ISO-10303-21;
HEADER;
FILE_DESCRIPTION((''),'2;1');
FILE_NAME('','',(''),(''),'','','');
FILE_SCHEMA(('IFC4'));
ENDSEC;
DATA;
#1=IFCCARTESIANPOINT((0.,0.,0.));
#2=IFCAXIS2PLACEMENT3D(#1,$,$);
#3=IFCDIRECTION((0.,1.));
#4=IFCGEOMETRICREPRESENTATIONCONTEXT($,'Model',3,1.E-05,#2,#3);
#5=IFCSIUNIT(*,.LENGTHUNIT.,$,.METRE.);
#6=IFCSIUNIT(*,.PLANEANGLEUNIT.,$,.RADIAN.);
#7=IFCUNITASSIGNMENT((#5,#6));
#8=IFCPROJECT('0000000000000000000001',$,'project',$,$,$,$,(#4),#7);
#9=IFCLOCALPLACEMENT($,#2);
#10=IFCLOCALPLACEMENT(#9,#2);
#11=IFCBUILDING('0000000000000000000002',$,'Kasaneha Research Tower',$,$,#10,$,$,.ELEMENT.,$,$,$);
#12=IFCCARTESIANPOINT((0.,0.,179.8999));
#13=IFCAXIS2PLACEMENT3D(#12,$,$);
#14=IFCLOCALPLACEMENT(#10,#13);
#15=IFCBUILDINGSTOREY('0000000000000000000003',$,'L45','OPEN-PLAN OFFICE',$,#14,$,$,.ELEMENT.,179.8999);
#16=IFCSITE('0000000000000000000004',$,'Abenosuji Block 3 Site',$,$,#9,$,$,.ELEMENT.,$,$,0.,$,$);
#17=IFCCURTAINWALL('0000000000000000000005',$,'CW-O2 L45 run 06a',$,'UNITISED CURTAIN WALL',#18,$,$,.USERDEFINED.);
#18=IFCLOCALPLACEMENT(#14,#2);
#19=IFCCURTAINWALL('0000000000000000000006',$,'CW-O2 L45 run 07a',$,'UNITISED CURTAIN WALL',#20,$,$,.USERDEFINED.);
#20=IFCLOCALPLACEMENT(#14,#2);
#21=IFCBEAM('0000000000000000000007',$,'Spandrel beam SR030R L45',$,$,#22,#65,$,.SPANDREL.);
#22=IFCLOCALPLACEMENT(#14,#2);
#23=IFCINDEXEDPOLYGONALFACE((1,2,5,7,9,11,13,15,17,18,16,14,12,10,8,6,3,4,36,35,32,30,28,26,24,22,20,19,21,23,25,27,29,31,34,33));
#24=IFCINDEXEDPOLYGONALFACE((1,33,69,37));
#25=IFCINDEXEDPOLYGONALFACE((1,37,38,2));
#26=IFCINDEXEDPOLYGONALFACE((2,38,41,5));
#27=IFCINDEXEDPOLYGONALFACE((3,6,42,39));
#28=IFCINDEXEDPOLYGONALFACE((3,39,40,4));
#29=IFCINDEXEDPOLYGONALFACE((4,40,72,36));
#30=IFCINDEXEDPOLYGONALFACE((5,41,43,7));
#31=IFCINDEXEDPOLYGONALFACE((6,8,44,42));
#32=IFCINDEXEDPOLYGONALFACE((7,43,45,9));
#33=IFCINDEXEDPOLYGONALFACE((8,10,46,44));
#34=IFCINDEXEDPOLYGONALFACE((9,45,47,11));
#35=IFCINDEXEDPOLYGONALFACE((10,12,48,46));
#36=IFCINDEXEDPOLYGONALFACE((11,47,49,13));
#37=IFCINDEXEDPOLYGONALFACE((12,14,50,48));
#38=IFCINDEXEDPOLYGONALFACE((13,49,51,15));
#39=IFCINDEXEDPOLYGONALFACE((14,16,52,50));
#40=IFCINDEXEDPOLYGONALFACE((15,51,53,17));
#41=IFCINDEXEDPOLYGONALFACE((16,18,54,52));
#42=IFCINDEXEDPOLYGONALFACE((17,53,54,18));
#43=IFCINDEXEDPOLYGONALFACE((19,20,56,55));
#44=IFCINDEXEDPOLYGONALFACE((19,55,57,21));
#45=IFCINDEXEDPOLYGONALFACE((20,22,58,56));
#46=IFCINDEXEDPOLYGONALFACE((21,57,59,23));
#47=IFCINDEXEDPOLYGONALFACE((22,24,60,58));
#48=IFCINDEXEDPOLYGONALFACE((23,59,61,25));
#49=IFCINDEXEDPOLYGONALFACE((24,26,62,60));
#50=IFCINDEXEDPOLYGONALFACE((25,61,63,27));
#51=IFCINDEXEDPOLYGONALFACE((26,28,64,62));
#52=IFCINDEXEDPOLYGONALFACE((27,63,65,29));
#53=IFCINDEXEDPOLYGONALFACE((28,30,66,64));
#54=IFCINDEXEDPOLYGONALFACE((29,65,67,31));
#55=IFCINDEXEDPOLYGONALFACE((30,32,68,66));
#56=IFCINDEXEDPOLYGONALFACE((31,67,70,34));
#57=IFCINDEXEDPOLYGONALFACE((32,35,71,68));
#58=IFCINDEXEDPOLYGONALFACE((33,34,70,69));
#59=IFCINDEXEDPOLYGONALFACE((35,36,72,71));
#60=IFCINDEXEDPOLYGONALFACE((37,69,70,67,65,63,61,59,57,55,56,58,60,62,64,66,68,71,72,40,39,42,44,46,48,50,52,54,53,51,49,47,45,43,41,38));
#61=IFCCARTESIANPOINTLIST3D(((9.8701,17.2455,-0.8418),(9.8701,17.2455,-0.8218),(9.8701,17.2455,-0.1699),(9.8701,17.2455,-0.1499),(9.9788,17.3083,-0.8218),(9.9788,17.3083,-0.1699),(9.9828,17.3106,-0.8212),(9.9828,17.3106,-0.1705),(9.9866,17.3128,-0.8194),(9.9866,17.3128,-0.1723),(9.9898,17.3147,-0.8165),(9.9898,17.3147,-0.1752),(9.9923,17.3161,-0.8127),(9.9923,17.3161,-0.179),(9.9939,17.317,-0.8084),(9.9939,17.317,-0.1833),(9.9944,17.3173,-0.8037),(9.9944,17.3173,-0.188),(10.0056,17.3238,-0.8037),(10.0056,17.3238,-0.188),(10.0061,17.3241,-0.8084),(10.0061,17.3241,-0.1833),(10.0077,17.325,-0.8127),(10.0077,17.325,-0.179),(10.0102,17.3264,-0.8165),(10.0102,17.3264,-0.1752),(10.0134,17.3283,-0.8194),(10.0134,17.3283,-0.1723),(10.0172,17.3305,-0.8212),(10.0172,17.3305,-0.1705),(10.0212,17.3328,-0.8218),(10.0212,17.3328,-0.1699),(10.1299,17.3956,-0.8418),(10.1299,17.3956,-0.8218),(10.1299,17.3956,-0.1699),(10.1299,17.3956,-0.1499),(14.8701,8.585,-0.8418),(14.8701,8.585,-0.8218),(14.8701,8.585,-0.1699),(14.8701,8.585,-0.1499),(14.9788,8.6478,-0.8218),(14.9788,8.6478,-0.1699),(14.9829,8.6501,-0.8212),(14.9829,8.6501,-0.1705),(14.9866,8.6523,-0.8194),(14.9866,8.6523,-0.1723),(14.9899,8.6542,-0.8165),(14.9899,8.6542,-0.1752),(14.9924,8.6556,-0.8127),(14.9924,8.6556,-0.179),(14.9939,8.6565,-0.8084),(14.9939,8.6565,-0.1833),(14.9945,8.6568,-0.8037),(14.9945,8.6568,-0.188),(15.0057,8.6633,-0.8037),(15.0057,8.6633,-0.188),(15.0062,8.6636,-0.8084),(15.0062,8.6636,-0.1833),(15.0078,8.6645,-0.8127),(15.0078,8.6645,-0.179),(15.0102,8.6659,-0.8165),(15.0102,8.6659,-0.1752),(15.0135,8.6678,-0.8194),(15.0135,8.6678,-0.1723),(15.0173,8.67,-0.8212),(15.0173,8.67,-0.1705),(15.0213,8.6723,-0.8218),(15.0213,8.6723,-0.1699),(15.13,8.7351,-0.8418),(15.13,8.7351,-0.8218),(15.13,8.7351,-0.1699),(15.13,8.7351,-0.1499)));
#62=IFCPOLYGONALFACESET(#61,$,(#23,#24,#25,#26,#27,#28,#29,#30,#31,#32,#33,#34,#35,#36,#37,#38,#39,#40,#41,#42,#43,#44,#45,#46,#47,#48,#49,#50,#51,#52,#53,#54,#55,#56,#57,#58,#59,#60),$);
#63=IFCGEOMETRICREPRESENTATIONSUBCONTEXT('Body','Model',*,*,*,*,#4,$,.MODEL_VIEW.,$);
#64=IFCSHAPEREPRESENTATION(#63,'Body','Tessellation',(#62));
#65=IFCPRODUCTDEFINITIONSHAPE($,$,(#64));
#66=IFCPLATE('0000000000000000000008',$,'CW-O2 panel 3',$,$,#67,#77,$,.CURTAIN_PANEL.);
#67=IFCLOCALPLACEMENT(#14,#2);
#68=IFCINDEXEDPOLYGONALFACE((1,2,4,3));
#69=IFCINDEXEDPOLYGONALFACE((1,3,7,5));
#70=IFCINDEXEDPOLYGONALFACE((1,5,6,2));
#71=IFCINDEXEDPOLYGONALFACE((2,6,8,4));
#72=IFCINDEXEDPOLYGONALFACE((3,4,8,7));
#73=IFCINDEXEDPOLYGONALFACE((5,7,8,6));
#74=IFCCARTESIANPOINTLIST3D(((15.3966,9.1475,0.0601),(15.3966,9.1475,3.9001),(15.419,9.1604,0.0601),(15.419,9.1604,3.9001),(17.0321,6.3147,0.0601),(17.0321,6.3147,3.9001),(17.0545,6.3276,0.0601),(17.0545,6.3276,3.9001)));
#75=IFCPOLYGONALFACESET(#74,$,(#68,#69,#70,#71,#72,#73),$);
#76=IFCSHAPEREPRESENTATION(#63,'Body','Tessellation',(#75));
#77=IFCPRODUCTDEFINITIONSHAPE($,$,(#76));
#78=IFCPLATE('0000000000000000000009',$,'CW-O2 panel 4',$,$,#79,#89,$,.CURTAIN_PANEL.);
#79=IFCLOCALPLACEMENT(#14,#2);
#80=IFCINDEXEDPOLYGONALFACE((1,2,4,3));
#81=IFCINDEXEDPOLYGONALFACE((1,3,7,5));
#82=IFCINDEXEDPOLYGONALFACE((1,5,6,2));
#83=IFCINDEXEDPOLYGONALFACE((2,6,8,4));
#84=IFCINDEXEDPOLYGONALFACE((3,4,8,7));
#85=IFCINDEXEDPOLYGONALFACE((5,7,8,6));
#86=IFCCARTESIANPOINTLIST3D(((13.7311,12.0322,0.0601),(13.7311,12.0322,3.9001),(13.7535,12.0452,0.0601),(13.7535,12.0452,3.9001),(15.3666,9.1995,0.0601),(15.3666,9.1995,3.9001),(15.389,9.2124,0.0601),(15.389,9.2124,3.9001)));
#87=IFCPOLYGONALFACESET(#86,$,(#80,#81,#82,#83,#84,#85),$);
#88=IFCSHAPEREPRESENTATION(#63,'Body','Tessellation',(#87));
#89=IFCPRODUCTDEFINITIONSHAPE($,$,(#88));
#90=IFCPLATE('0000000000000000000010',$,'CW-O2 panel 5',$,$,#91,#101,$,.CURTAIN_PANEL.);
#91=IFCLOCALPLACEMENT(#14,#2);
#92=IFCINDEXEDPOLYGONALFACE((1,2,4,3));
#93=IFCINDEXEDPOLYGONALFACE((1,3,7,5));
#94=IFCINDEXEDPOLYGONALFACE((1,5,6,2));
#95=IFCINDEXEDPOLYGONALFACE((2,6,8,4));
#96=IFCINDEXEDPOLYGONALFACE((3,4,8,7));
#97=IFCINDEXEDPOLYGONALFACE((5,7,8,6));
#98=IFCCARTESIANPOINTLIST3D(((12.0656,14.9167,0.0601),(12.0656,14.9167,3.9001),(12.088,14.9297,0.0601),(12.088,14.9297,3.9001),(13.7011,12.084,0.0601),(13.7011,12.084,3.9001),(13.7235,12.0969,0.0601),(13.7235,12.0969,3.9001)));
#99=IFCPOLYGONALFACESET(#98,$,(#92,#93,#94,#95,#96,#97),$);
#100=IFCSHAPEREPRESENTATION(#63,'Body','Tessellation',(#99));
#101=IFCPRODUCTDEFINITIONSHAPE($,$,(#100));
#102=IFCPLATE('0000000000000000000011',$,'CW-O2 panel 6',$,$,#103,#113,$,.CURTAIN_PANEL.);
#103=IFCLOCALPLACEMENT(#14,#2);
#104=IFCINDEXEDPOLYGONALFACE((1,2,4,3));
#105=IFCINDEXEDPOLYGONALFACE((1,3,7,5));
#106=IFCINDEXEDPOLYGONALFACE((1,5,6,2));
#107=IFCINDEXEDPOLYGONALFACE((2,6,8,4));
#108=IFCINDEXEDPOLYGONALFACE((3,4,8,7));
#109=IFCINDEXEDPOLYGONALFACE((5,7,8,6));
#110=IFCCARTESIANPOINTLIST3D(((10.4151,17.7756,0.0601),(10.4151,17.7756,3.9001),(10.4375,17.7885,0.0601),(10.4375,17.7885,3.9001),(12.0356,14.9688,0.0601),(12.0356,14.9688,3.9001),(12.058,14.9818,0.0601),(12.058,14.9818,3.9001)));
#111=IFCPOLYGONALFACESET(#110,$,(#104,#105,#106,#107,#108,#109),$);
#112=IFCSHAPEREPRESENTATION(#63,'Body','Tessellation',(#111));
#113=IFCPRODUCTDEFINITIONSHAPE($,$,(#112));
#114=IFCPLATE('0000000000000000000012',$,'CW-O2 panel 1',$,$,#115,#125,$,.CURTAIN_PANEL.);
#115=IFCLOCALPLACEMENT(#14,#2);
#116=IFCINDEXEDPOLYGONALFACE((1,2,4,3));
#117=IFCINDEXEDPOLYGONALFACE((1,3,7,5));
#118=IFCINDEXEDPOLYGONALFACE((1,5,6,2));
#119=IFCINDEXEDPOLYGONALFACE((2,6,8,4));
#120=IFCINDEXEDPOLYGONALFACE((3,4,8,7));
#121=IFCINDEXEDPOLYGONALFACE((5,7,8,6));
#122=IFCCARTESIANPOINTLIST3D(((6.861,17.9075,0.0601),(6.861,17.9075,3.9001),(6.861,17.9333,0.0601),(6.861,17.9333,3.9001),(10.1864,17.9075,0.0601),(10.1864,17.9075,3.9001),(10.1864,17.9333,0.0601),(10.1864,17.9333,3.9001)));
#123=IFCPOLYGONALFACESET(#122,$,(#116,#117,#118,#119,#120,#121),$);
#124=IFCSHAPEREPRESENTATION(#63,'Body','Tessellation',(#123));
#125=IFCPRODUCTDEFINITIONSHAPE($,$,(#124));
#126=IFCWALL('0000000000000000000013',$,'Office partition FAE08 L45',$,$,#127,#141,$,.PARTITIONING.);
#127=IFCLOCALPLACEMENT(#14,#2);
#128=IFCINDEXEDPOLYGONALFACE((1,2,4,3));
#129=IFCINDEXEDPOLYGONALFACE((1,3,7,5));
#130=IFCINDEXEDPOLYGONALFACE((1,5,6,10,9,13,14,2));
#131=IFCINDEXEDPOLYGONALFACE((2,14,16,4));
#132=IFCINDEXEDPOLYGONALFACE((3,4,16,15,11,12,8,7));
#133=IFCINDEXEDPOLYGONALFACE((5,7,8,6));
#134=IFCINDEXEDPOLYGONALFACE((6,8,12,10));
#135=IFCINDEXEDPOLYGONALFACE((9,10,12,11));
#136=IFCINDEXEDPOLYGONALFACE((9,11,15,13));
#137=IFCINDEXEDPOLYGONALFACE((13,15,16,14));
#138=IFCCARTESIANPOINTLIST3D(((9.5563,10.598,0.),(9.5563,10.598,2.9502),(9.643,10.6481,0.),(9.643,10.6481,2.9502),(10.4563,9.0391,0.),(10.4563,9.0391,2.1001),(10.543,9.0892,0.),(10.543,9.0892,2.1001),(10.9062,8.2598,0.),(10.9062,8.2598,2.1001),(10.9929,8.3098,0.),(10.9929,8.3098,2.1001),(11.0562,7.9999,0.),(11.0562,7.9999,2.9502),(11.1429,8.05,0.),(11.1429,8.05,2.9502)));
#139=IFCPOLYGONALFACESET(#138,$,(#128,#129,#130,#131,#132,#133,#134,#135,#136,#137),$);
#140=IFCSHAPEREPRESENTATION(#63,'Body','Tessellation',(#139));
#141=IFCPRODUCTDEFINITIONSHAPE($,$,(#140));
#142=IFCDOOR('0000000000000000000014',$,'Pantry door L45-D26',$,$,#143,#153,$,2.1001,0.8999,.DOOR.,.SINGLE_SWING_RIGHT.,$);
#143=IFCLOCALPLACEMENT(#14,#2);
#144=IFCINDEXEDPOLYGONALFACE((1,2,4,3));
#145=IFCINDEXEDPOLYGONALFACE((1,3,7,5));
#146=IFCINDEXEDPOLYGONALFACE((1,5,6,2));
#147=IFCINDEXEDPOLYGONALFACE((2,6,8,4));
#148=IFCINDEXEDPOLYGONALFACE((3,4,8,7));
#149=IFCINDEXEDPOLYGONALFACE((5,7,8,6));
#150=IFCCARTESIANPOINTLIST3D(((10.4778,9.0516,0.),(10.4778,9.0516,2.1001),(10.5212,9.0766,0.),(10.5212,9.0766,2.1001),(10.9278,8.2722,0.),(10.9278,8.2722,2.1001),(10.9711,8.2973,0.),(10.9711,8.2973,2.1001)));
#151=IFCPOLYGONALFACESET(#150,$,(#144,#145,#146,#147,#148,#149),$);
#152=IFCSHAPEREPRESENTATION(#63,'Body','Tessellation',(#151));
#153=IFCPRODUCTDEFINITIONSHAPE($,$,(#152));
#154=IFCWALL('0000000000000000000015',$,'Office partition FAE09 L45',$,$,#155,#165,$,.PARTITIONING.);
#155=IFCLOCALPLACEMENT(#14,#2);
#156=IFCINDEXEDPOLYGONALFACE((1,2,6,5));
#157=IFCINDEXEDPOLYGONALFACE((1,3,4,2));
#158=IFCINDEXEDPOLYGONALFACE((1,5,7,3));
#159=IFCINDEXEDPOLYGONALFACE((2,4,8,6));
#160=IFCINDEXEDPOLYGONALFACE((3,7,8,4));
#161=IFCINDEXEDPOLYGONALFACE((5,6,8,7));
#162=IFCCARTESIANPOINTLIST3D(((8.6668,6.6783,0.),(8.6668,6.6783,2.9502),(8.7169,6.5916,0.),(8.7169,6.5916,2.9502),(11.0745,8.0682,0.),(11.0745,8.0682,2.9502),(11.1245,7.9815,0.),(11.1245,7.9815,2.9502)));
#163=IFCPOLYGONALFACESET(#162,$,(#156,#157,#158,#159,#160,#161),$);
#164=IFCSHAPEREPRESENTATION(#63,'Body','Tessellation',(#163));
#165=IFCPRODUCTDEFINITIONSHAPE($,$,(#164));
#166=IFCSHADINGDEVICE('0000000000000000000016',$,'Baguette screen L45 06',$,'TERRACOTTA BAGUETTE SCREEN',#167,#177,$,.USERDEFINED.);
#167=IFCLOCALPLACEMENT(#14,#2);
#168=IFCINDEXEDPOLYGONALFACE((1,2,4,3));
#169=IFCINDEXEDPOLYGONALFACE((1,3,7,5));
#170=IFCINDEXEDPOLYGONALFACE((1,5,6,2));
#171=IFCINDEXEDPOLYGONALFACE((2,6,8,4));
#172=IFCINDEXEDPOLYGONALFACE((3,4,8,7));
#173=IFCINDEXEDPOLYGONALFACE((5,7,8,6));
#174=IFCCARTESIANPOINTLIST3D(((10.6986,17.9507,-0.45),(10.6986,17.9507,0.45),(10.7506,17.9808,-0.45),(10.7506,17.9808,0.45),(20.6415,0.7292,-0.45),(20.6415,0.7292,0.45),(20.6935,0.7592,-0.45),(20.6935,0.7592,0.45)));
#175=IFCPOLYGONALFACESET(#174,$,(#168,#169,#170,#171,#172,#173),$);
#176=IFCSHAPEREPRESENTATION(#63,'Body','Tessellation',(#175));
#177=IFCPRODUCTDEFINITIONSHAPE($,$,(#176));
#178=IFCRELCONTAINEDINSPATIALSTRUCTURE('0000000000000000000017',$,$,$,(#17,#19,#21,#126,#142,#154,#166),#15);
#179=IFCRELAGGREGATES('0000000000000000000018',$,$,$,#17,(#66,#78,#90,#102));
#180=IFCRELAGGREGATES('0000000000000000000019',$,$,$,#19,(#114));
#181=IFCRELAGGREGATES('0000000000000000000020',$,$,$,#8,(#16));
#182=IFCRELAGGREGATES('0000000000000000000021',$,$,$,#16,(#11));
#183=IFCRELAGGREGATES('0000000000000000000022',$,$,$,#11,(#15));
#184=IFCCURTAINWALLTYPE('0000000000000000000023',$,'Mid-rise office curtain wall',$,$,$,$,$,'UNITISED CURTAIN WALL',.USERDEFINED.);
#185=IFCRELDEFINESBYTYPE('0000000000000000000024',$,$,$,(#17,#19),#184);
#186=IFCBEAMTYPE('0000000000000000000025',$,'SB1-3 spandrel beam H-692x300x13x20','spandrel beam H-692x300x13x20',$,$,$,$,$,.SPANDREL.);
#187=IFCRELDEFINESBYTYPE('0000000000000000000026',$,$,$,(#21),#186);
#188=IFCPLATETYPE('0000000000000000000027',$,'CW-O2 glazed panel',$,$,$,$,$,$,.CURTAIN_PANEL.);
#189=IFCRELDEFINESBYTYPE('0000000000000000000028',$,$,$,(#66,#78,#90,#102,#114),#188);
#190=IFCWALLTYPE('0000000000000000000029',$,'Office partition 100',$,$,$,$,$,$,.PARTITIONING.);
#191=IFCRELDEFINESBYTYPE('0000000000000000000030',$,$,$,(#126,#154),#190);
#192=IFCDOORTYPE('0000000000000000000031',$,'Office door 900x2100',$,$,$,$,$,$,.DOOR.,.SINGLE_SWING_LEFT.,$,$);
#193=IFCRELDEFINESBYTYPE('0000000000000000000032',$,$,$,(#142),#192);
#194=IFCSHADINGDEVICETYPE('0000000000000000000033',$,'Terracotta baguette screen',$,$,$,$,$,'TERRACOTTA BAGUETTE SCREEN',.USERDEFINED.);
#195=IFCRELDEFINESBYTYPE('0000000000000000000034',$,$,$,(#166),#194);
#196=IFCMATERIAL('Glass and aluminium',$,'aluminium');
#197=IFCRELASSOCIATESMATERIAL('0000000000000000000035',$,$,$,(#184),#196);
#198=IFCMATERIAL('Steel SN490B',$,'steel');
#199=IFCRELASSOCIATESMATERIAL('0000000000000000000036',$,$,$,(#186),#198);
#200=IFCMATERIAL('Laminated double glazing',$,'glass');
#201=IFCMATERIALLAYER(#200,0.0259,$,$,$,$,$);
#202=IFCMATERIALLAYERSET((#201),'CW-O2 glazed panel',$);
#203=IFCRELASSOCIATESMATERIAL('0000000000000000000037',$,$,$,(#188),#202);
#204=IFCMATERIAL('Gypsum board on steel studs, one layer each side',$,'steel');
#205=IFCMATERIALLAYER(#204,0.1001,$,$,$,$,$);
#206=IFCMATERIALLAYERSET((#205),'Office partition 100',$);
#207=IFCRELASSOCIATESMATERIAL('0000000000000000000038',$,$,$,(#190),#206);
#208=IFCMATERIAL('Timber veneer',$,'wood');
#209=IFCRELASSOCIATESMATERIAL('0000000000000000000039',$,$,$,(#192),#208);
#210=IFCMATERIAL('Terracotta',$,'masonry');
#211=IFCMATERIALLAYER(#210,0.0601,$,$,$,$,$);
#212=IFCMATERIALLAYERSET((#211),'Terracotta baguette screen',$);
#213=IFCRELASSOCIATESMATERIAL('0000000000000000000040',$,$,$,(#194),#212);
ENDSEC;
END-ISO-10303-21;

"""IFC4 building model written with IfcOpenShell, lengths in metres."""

from ifc_helpers import new_model, si_unit, direction, frame, frame_2d, origin, origin_2d, place, context, subcontext, project, spatial, rectangle, i_section, extrude, material, layer, layer_set, material_profile, profile_set, type_object, element, fill, aggregate, save


model = new_model("IFC4")

# Units and contexts
model_context = context("Model", 3, precision=1e-05, world=origin(), true_north=direction((0.0, 1.0)))
body_context = subcontext(model_context, "Body", "Model", "MODEL_VIEW")
ifc_project = project(units=[si_unit("LENGTHUNIT", "METRE"), si_unit("PLANEANGLEUNIT", "RADIAN")], contexts=[model_context])

# Site, building, storey
site_placement = place(None, origin())
site = spatial("IfcSite", under=ifc_project, at=site_placement, Name="Abenosuji Block 3 Site", CompositionType="ELEMENT", RefElevation=0.0)
building_placement = place(site_placement, origin())
building = spatial("IfcBuilding", under=site, at=building_placement, Name="Kasaneha Research Tower", CompositionType="ELEMENT")
storey_placement = place(building_placement, frame((0.0, 0.0, 179.8999)))
storey = spatial("IfcBuildingStorey", under=building, at=storey_placement, Name="L45", Description="OPEN-PLAN OFFICE", CompositionType="ELEMENT", Elevation=179.8999)

# Curtain wall
ifc_material_1 = material(Name="Glass and aluminium", Category="aluminium")
curtain_wall_type = type_object("IfcCurtainWallType", Name="Mid-rise office curtain wall", ElementType="UNITISED CURTAIN WALL", PredefinedType="USERDEFINED", material=ifc_material_1)
curtain_wall_1_placement = place(storey_placement, origin())
curtain_wall_1 = element("IfcCurtainWall", 1, at=curtain_wall_1_placement, inside=storey, type_object=curtain_wall_type, Name="CW-O2 L45 run 06a", ObjectType="UNITISED CURTAIN WALL", PredefinedType="USERDEFINED")

# Curtain wall
curtain_wall_2_placement = place(storey_placement, origin())
curtain_wall_2 = element("IfcCurtainWall", 2, at=curtain_wall_2_placement, inside=storey, type_object=curtain_wall_type, Name="CW-O2 L45 run 07a", ObjectType="UNITISED CURTAIN WALL", PredefinedType="USERDEFINED")

# Beam
ifc_material_2 = material(Name="Steel SN490B", Category="steel")
ifc_material_profile_1 = material_profile(ifc_material_2, i_section(OverallWidth=0.3, OverallDepth=0.6919, WebThickness=0.0129, FlangeThickness=0.02, FilletRadius=0.0181, at=origin_2d()), Name="H-692x300x13x20")
ifc_profile_set_1 = profile_set([ifc_material_profile_1], Name="Steel SN490B")
beam_type_1 = type_object("IfcBeamType", Name="SB1-3 spandrel beam H-692x300x13x20", Description="spandrel beam H-692x300x13x20", PredefinedType="SPANDREL", material=ifc_profile_set_1)
beam_1_placement = place(storey_placement, frame((10.0, 17.3206, -0.4958), z_axis=(0.499994, -0.866029, 0.0), x_axis=(0.866029, 0.499994, 0.0)))
element("IfcBeam", 3, at=beam_1_placement, inside=storey, type_object=beam_type_1, Name="Spandrel beam SR030R L45", PredefinedType="SPANDREL", context=body_context, shape_type="SweptSolid", body=[
    extrude(i_section(OverallWidth=0.3, OverallDepth=0.6919, WebThickness=0.0129, FlangeThickness=0.02, FilletRadius=0.0181, at=origin_2d()), origin(), (0.0, 0.0, 1.0), 10.0002),
])

# Plates
ifc_material_3 = material(Name="Laminated double glazing", Category="glass")
ifc_layer_1 = layer(ifc_material_3, 0.0259)
ifc_layer_set_1 = layer_set([ifc_layer_1], Name="CW-O2 glazed panel")
plate_type = type_object("IfcPlateType", Name="CW-O2 glazed panel", PredefinedType="CURTAIN_PANEL", material=ifc_layer_set_1)
plate_1_placement = place(storey_placement, frame((16.2256, 7.7375, 0.0601), z_axis=(0.0, 0.0, 1.0), x_axis=(-0.5, 0.866025, 0.0)))
plate_1 = element("IfcPlate", 4, at=plate_1_placement, type_object=plate_type, Name="CW-O2 panel 3", PredefinedType="CURTAIN_PANEL", context=body_context, shape_type="SweptSolid", body=[
    extrude(rectangle(XDim=3.271, YDim=0.0259, at=origin_2d()), origin(), (0.0, 0.0, 1.0), 3.8401),
])
plate_2_placement = place(storey_placement, frame((14.5601, 10.6223, 0.0601), z_axis=(0.0, 0.0, 1.0), x_axis=(-0.5, 0.866025, 0.0)))
plate_2 = element("IfcPlate", 5, at=plate_2_placement, type_object=plate_type, Name="CW-O2 panel 4", PredefinedType="CURTAIN_PANEL", context=body_context, shape_type="SweptSolid", body=[
    extrude(rectangle(XDim=3.271, YDim=0.0259, at=origin_2d()), origin(), (0.0, 0.0, 1.0), 3.8401),
])
plate_3_placement = place(storey_placement, frame((12.8945, 13.5068, 0.0601), z_axis=(0.0, 0.0, 1.0), x_axis=(-0.5, 0.866025, 0.0)))
plate_3 = element("IfcPlate", 6, at=plate_3_placement, type_object=plate_type, Name="CW-O2 panel 5", PredefinedType="CURTAIN_PANEL", context=body_context, shape_type="SweptSolid", body=[
    extrude(rectangle(XDim=3.271, YDim=0.0259, at=origin_2d()), origin(), (0.0, 0.0, 1.0), 3.8401),
])
plate_4_placement = place(storey_placement, frame((11.2366, 16.3787, 0.0601), z_axis=(0.0, 0.0, 1.0), x_axis=(-0.5, 0.866025, 0.0)))
plate_4 = element("IfcPlate", 7, at=plate_4_placement, type_object=plate_type, Name="CW-O2 panel 6", PredefinedType="CURTAIN_PANEL", context=body_context, shape_type="SweptSolid", body=[
    extrude(rectangle(XDim=3.241, YDim=0.0259, at=origin_2d()), origin(), (0.0, 0.0, 1.0), 3.8401),
])
aggregate(curtain_wall_1, [plate_1, plate_2, plate_3, plate_4])
plate_5_placement = place(storey_placement, frame((8.5237, 17.9204, 0.0601), z_axis=(0.0, 0.0, 1.0), x_axis=(-1.0, 0.0, 0.0)))
plate_5 = element("IfcPlate", 8, at=plate_5_placement, type_object=plate_type, Name="CW-O2 panel 1", PredefinedType="CURTAIN_PANEL", context=body_context, shape_type="SweptSolid", body=[
    extrude(rectangle(XDim=3.3254, YDim=0.0259, at=origin_2d()), origin(), (0.0, 0.0, 1.0), 3.8401),
])
aggregate(curtain_wall_2, [plate_5])

# Wall, opening, door
ifc_material_4 = material(Name="Gypsum board on steel studs, one layer each side", Category="steel")
ifc_layer_2 = layer(ifc_material_4, 0.1001)
ifc_layer_set_2 = layer_set([ifc_layer_2], Name="Office partition 100")
wall_type = type_object("IfcWallType", Name="Office partition 100", PredefinedType="PARTITIONING", material=ifc_layer_set_2)
wall_1_placement = place(storey_placement, frame((9.5996, 10.623, 0.0), z_axis=(0.0, 0.0, 1.0), x_axis=(0.49999, -0.866031, 0.0)))
wall_1 = element("IfcWall", 9, at=wall_1_placement, inside=storey, type_object=wall_type, Name="Office partition FAE08 L45", PredefinedType="PARTITIONING", context=body_context, shape_type="SweptSolid", body=[
    extrude(rectangle(XDim=3.0, YDim=0.1001, at=frame_2d((1.5, 0.0))), origin(), (0.0, 0.0, 1.0), 2.9502),
])
opening_placement = place(wall_1_placement, frame((1.8, 0.0, 0.0)))
opening = element("IfcOpeningElement", 10, at=opening_placement, cuts=wall_1, PredefinedType="OPENING", context=body_context, shape_type="SweptSolid", body=[
    extrude(rectangle(XDim=0.8999, YDim=2.1001, at=frame_2d((0.45, 1.05))), frame((0.0, 0.0601, 0.0), z_axis=(0.0, -1.0, 0.0), x_axis=(1.0, 0.0, 0.0)), (0.0, 0.0, 1.0), 0.1201),
])
ifc_material_5 = material(Name="Timber veneer", Category="wood")
door_type = type_object("IfcDoorType", Name="Office door 900x2100", OperationType="SINGLE_SWING_LEFT", PredefinedType="DOOR", material=ifc_material_5)
door_placement = place(opening_placement, origin())
door = element("IfcDoor", 11, at=door_placement, inside=storey, type_object=door_type, Name="Pantry door L45-D26", OperationType="SINGLE_SWING_RIGHT", OverallHeight=2.1001, OverallWidth=0.8999, PredefinedType="DOOR", context=body_context, shape_type="SweptSolid", body=[
    extrude(rectangle(XDim=0.8999, YDim=2.1001, at=frame_2d((0.45, 1.05))), frame((0.0, 0.0249, 0.0), z_axis=(0.0, -1.0, 0.0), x_axis=(1.0, 0.0, 0.0)), (0.0, 0.0, 1.0), 0.05),
])
fill(opening, door)

# Wall
wall_2_placement = place(storey_placement, frame((11.0996, 8.0249, 0.0), z_axis=(0.0, 0.0, 1.0), x_axis=(-0.866057, -0.499945, 0.0)))
element("IfcWall", 12, at=wall_2_placement, inside=storey, type_object=wall_type, Name="Office partition FAE09 L45", PredefinedType="PARTITIONING", context=body_context, shape_type="SweptSolid", body=[
    extrude(rectangle(XDim=2.78, YDim=0.1001, at=frame_2d((1.3901, 0.0))), origin(), (0.0, 0.0, 1.0), 2.9502),
])

# Shading device
ifc_material_6 = material(Name="Terracotta", Category="masonry")
ifc_layer_3 = layer(ifc_material_6, 0.0601)
ifc_layer_set_3 = layer_set([ifc_layer_3], Name="Terracotta baguette screen")
shading_device_type = type_object("IfcShadingDeviceType", Name="Terracotta baguette screen", ElementType="TERRACOTTA BAGUETTE SCREEN", PredefinedType="USERDEFINED", material=ifc_layer_set_3)
shading_device_placement = place(storey_placement, frame((15.696, 9.355, -0.45), z_axis=(0.0, 0.0, 1.0), x_axis=(-0.5, 0.866025, 0.0)))
element("IfcShadingDevice", 13, at=shading_device_placement, inside=storey, type_object=shading_device_type, Name="Baguette screen L45 06", ObjectType="TERRACOTTA BAGUETTE SCREEN", PredefinedType="USERDEFINED", context=body_context, shape_type="SweptSolid", body=[
    extrude(rectangle(XDim=19.8857, YDim=0.0601, at=origin_2d()), origin(), (0.0, 0.0, 1.0), 0.8999),
])

save(model, "model.ifc")
